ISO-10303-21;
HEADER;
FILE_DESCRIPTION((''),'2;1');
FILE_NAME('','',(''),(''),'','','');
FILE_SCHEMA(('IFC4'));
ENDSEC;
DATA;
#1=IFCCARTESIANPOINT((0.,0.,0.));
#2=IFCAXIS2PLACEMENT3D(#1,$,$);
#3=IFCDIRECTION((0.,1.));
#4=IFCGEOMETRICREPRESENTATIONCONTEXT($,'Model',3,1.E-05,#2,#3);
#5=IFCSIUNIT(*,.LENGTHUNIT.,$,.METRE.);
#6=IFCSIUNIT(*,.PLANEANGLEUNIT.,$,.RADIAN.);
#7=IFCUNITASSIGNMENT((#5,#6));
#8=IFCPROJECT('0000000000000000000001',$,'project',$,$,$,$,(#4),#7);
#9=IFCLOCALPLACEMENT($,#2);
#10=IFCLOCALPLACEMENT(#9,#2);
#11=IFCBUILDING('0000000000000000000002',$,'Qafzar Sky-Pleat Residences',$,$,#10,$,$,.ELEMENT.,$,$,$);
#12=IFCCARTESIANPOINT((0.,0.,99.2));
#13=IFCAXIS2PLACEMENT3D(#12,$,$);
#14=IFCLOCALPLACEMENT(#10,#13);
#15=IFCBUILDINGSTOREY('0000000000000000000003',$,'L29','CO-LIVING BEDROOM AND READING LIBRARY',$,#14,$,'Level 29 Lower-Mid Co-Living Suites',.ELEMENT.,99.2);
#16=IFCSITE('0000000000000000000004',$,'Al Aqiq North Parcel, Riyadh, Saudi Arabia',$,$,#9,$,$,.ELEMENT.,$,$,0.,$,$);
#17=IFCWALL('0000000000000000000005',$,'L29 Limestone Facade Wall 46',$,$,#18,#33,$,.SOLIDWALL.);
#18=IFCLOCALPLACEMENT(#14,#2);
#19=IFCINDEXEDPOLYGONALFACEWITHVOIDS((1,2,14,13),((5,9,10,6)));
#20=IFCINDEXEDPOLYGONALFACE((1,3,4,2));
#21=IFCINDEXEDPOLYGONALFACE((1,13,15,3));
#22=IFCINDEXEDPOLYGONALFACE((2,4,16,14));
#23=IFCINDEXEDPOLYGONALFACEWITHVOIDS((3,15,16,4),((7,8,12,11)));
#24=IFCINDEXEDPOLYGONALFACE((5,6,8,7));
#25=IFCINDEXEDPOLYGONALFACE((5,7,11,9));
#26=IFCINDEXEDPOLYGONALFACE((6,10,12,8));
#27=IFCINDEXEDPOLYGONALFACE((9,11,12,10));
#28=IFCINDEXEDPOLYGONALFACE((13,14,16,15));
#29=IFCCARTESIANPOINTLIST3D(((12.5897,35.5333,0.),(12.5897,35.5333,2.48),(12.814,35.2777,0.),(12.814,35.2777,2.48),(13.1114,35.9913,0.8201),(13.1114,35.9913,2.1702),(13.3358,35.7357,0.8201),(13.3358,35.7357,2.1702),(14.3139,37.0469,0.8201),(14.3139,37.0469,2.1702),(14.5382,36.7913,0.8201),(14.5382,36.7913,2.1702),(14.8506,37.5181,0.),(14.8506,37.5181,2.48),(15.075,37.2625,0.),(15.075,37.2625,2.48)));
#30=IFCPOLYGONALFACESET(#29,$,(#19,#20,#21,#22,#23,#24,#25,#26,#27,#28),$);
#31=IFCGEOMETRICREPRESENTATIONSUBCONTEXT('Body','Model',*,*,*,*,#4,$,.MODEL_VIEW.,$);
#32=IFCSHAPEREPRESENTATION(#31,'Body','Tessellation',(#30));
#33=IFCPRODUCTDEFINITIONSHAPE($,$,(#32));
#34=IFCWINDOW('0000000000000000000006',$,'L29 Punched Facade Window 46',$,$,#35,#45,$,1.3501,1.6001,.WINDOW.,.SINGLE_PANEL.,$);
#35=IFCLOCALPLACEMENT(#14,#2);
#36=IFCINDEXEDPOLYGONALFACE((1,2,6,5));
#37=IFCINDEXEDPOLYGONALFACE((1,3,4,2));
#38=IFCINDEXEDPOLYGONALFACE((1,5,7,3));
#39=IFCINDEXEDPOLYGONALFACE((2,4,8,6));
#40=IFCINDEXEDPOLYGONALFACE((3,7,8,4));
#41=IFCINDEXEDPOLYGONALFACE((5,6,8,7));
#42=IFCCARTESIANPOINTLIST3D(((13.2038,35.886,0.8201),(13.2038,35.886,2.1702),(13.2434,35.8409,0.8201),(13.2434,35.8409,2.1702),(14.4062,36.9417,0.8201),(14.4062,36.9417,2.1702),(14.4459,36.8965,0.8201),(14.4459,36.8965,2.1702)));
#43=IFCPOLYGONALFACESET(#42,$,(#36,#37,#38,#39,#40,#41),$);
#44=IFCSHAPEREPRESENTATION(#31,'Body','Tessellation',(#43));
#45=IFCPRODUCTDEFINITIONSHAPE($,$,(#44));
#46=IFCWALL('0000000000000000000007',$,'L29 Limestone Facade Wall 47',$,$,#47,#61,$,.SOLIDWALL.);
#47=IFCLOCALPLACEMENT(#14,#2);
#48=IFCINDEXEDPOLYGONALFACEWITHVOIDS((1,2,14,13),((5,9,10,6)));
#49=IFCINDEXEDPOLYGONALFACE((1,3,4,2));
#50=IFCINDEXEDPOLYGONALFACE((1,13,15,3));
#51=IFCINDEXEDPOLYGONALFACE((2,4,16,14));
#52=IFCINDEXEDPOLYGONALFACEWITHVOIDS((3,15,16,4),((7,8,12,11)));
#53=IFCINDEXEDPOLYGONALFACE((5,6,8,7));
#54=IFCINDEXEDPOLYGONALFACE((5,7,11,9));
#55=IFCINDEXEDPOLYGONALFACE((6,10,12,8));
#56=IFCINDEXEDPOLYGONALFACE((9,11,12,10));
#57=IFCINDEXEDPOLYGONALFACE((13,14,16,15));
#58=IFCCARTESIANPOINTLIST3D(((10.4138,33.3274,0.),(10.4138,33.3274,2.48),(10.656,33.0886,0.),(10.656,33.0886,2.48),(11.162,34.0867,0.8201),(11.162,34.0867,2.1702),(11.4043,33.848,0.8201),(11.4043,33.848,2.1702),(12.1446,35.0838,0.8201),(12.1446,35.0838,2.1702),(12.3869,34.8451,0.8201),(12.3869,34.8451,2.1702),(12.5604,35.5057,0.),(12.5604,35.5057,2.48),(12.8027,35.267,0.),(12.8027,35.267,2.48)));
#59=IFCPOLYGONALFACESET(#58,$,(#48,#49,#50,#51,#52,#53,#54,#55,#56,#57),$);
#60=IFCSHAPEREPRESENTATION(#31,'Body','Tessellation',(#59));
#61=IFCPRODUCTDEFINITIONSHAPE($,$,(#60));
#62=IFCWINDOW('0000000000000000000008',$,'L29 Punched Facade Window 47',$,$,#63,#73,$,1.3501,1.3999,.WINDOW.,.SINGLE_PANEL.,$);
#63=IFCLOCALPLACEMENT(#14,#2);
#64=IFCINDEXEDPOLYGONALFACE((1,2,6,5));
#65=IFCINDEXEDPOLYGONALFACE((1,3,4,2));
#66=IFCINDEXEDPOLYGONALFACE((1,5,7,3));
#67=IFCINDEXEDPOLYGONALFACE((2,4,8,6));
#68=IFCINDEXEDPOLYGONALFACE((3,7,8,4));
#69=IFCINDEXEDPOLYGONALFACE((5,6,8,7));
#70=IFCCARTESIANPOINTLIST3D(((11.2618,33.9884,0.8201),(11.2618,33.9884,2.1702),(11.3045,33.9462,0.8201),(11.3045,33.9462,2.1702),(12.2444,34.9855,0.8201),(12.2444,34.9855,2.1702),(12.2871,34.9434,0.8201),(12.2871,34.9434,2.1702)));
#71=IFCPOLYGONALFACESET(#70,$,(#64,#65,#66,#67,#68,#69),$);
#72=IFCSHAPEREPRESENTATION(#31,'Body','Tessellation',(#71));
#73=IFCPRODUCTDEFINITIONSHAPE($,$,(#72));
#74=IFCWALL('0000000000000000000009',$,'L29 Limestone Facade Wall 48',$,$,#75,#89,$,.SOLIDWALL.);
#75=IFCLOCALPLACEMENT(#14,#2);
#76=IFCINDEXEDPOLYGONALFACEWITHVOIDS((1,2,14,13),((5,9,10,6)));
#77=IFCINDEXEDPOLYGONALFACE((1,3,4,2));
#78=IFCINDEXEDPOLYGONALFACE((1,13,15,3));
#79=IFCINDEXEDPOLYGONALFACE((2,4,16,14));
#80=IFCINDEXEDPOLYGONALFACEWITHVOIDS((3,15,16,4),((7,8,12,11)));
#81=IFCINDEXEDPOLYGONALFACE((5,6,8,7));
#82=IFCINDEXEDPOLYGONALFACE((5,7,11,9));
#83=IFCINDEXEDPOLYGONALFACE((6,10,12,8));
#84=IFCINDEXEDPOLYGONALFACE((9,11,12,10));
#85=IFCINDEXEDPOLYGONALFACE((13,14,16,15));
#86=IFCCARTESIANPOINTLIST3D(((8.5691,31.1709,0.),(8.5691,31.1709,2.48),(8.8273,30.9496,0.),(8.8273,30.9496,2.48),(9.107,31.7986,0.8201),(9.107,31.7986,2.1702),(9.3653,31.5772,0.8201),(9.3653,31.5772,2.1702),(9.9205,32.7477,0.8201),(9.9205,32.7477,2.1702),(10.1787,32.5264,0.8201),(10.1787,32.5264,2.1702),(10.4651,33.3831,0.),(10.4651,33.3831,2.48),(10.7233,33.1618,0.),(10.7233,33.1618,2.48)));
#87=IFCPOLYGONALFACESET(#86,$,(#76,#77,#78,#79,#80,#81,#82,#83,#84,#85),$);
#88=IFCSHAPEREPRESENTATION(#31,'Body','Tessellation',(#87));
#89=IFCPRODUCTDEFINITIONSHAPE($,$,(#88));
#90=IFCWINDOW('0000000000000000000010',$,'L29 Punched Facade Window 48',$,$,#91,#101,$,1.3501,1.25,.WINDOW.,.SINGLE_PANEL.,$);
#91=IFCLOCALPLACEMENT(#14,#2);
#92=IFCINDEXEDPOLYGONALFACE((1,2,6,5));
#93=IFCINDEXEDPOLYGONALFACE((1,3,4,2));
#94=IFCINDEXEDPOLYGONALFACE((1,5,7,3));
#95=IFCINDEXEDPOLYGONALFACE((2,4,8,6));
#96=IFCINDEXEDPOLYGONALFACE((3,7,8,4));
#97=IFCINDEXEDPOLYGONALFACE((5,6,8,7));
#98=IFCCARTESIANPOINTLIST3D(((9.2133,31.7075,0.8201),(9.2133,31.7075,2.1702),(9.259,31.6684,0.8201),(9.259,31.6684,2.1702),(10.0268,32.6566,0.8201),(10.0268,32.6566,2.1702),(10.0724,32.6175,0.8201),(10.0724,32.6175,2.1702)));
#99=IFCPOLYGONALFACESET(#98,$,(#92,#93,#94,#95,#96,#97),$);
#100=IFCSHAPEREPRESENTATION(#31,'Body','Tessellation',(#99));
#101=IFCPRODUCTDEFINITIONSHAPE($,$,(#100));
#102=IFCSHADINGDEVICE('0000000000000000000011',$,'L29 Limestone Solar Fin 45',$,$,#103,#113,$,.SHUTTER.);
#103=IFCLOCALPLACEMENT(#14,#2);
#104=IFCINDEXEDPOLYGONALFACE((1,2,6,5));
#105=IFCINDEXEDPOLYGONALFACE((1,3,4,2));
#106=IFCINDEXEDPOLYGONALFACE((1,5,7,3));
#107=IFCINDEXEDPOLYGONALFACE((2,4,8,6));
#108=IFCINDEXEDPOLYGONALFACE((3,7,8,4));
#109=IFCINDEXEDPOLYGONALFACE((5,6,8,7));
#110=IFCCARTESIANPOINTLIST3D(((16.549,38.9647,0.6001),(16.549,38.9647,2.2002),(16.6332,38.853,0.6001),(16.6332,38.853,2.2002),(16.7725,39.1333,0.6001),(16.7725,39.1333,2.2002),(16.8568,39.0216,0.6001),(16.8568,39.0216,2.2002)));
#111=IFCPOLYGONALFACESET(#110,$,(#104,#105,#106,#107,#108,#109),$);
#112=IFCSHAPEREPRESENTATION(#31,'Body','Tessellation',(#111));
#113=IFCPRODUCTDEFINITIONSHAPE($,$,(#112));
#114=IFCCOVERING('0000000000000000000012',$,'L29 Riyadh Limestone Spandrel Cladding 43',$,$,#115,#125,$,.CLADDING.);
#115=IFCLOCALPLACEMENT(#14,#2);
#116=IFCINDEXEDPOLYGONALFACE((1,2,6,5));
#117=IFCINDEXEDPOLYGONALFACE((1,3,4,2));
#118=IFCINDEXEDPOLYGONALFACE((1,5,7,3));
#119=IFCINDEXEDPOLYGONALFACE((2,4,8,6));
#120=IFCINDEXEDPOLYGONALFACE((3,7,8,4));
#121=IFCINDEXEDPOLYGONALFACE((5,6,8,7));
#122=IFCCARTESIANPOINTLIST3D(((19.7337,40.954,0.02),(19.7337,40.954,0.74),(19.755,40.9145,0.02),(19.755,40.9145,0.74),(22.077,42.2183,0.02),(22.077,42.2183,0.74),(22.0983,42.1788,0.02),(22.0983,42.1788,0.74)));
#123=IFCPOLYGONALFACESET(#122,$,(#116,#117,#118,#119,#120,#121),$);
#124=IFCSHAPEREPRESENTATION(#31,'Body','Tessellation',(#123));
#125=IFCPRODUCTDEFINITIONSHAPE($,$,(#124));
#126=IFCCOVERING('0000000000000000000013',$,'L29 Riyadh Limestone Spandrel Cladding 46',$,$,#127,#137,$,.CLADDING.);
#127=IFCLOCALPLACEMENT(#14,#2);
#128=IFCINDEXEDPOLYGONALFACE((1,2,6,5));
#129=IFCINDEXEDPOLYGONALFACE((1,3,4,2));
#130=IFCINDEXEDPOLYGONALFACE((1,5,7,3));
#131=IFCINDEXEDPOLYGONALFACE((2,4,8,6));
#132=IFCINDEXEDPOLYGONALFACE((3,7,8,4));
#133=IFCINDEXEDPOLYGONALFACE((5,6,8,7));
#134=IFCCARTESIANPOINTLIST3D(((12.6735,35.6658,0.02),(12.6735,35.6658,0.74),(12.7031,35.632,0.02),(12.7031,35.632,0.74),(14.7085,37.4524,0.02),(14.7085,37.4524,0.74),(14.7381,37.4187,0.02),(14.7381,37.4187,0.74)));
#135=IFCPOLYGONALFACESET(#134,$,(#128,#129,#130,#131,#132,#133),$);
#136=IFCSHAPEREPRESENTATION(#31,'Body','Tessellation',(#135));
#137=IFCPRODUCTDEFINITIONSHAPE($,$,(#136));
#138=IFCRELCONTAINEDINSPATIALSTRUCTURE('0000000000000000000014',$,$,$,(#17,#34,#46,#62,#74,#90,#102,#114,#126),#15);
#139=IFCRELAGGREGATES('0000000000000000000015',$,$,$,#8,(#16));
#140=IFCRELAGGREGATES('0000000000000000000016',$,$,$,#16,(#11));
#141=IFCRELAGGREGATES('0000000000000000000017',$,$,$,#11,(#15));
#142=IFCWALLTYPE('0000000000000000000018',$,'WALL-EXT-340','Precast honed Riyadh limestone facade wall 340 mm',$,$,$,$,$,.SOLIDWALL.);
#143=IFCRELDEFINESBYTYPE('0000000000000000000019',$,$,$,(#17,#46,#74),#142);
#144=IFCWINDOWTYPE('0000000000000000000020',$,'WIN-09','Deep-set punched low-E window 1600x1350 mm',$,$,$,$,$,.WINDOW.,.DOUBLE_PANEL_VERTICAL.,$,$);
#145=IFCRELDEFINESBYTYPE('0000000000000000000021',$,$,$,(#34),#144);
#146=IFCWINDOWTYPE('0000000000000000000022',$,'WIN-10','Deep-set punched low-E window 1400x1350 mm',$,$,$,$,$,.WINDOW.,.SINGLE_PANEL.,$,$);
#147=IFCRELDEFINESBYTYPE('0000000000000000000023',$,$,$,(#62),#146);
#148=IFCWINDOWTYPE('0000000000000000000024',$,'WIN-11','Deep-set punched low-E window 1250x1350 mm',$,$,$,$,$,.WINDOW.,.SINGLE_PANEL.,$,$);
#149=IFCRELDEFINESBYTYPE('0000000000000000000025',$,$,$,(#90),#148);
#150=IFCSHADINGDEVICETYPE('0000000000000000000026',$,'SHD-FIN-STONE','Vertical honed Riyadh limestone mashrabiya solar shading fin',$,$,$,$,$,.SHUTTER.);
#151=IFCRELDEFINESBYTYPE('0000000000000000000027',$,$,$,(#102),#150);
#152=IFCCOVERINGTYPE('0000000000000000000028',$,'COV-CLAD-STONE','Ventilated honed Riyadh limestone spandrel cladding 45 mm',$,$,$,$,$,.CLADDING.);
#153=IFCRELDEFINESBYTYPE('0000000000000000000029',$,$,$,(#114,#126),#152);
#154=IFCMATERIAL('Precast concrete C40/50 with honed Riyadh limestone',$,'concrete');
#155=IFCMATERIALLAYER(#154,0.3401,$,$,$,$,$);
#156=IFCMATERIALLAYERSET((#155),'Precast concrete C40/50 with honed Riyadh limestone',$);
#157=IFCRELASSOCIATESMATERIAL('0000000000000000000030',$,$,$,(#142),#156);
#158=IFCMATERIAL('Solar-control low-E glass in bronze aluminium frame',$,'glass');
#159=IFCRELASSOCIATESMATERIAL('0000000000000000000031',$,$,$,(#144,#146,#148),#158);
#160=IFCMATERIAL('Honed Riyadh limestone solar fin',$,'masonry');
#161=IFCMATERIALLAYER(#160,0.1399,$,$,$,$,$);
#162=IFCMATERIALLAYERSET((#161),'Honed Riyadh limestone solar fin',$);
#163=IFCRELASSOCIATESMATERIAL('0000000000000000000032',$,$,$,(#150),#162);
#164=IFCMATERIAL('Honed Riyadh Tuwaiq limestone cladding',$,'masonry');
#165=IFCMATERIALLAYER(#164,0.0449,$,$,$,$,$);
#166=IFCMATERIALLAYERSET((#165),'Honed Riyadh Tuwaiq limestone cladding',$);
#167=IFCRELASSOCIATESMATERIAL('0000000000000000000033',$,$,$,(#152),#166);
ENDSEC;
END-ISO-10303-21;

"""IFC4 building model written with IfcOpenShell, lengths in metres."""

from ifc_helpers import new_model, si_unit, direction, frame, frame_2d, origin, origin_2d, place, context, subcontext, project, spatial, rectangle, extrude, source, transform, mapped, material, layer, layer_set, type_object, element, fill, save


model = new_model("IFC4")

# Units and contexts
model_context = context("Model", 3, precision=1e-05, world=origin(), true_north=direction((0.0, 1.0)))
body_context = subcontext(model_context, "Body", "Model", "MODEL_VIEW")
ifc_project = project(units=[si_unit("LENGTHUNIT", "METRE"), si_unit("PLANEANGLEUNIT", "RADIAN")], contexts=[model_context])

# Site, building, storey
site_placement = place(None, origin())
site = spatial("IfcSite", under=ifc_project, at=site_placement, Name="Al Aqiq North Parcel, Riyadh, Saudi Arabia", CompositionType="ELEMENT", RefElevation=0.0)
building_placement = place(site_placement, origin())
building = spatial("IfcBuilding", under=site, at=building_placement, Name="Qafzar Sky-Pleat Residences", CompositionType="ELEMENT")
storey_placement = place(building_placement, frame((0.0, 0.0, 99.2)))
storey = spatial("IfcBuildingStorey", under=building, at=storey_placement, Name="L29", Description="CO-LIVING BEDROOM AND READING LIBRARY", LongName="Level 29 Lower-Mid Co-Living Suites", CompositionType="ELEMENT", Elevation=99.2)

# Walls, openings, windows
ifc_material_1 = material(Name="Precast concrete C40/50 with honed Riyadh limestone", Category="concrete")
ifc_layer_1 = layer(ifc_material_1, 0.3401)
ifc_layer_set_1 = layer_set([ifc_layer_1], Name="Precast concrete C40/50 with honed Riyadh limestone")
wall_type_1 = type_object("IfcWallType", Name="WALL-EXT-340", Description="Precast honed Riyadh limestone facade wall 340 mm", PredefinedType="SOLIDWALL", material=ifc_layer_set_1)
ifc_material_2 = material(Name="Solar-control low-E glass in bronze aluminium frame", Category="glass")
wall_1_placement = place(storey_placement, frame((14.9629, 37.3904, 0.0), z_axis=(0.0, 0.0, 1.0), x_axis=(-0.751505, -0.659727, 0.0)))
wall_1 = element("IfcWall", 1, at=wall_1_placement, inside=storey, type_object=wall_type_1, Name="L29 Limestone Facade Wall 46", PredefinedType="SOLIDWALL", context=body_context, shape_type="SweptSolid", body=[
    extrude(rectangle(XDim=3.0085, YDim=0.3401, at=frame_2d((1.5044, 0.0))), origin(), (0.0, 0.0, 1.0), 2.48),
])
opening_1_placement = place(wall_1_placement, frame((0.7144, 0.0, 0.8201)))
opening_1 = element("IfcOpeningElement", 2, at=opening_1_placement, cuts=wall_1, PredefinedType="OPENING", context=body_context, shape_type="SweptSolid", body=[
    extrude(rectangle(XDim=1.6001, YDim=1.3501, at=frame_2d((0.8, 0.675))), frame((0.0, 0.1802, 0.0), z_axis=(0.0, -1.0, 0.0), x_axis=(1.0, 0.0, 0.0)), (0.0, 0.0, 1.0), 0.3601),
])
window_type_1 = type_object("IfcWindowType", Name="WIN-09", Description="Deep-set punched low-E window 1600x1350 mm", PartitioningType="DOUBLE_PANEL_VERTICAL", PredefinedType="WINDOW", material=ifc_material_2)
shared_shape_1 = source(origin(), body_context, "Body", "SweptSolid", [
    extrude(rectangle(XDim=1.6001, YDim=1.3501, at=frame_2d((0.8, 0.675))), frame((0.0, 0.03, 0.0), z_axis=(0.0, -1.0, 0.0), x_axis=(1.0, 0.0, 0.0)), (0.0, 0.0, 1.0), 0.0601),
])
window_1_placement = place(opening_1_placement, origin())
window_1 = element("IfcWindow", 3, at=window_1_placement, inside=storey, type_object=window_type_1, Name="L29 Punched Facade Window 46", OverallHeight=1.3501, OverallWidth=1.6001, PartitioningType="SINGLE_PANEL", PredefinedType="WINDOW", context=body_context, shape_type="MappedRepresentation", body=[
    mapped(shared_shape_1, transform((0.0, 0.0, 0.0), x_axis=(1.0, 0.0, 0.0), y_axis=(0.0, 1.0, 0.0), z_axis=(0.0, 0.0, 1.0), scale=1.0)),
])
fill(opening_1, window_1)
wall_2_placement = place(storey_placement, frame((12.6816, 35.3865, 0.0), z_axis=(0.0, 0.0, 1.0), x_axis=(-0.701899, -0.712276, 0.0)))
wall_2 = element("IfcWall", 4, at=wall_2_placement, inside=storey, type_object=wall_type_1, Name="L29 Limestone Facade Wall 47", PredefinedType="SOLIDWALL", context=body_context, shape_type="SweptSolid", body=[
    extrude(rectangle(XDim=3.0583, YDim=0.3401, at=frame_2d((1.5293, 0.0))), origin(), (0.0, 0.0, 1.0), 2.48),
])
opening_2_placement = place(wall_2_placement, frame((0.5925, 0.0, 0.8201)))
opening_2 = element("IfcOpeningElement", 5, at=opening_2_placement, cuts=wall_2, PredefinedType="OPENING", context=body_context, shape_type="SweptSolid", body=[
    extrude(rectangle(XDim=1.3999, YDim=1.3501, at=frame_2d((0.7, 0.675))), frame((0.0, 0.1802, 0.0), z_axis=(0.0, -1.0, 0.0), x_axis=(1.0, 0.0, 0.0)), (0.0, 0.0, 1.0), 0.3601),
])
window_type_2 = type_object("IfcWindowType", Name="WIN-10", Description="Deep-set punched low-E window 1400x1350 mm", PartitioningType="SINGLE_PANEL", PredefinedType="WINDOW", material=ifc_material_2)
shared_shape_2 = source(origin(), body_context, "Body", "SweptSolid", [
    extrude(rectangle(XDim=1.3999, YDim=1.3501, at=frame_2d((0.7, 0.675))), frame((0.0, 0.03, 0.0), z_axis=(0.0, -1.0, 0.0), x_axis=(1.0, 0.0, 0.0)), (0.0, 0.0, 1.0), 0.0601),
])
window_2_placement = place(opening_2_placement, origin())
window_2 = element("IfcWindow", 6, at=window_2_placement, inside=storey, type_object=window_type_2, Name="L29 Punched Facade Window 47", OverallHeight=1.3501, OverallWidth=1.3999, PartitioningType="SINGLE_PANEL", PredefinedType="WINDOW", context=body_context, shape_type="MappedRepresentation", body=[
    mapped(shared_shape_2, transform((0.0, 0.0, 0.0), x_axis=(1.0, 0.0, 0.0), y_axis=(0.0, 1.0, 0.0), z_axis=(0.0, 0.0, 1.0), scale=1.0)),
])
fill(opening_2, window_2)
wall_3_placement = place(storey_placement, frame((10.5942, 33.2725, 0.0), z_axis=(0.0, 0.0, 1.0), x_axis=(-0.650764, -0.75928, 0.0)))
wall_3 = element("IfcWall", 7, at=wall_3_placement, inside=storey, type_object=wall_type_1, Name="L29 Limestone Facade Wall 48", PredefinedType="SOLIDWALL", context=body_context, shape_type="SweptSolid", body=[
    extrude(rectangle(XDim=2.9136, YDim=0.3401, at=frame_2d((1.4568, 0.0))), origin(), (0.0, 0.0, 1.0), 2.48),
])
opening_3_placement = place(wall_3_placement, frame((0.8369, 0.0, 0.8201)))
opening_3 = element("IfcOpeningElement", 8, at=opening_3_placement, cuts=wall_3, PredefinedType="OPENING", context=body_context, shape_type="SweptSolid", body=[
    extrude(rectangle(XDim=1.25, YDim=1.3501, at=frame_2d((0.625, 0.675))), frame((0.0, 0.1802, 0.0), z_axis=(0.0, -1.0, 0.0), x_axis=(1.0, 0.0, 0.0)), (0.0, 0.0, 1.0), 0.3601),
])
window_type_3 = type_object("IfcWindowType", Name="WIN-11", Description="Deep-set punched low-E window 1250x1350 mm", PartitioningType="SINGLE_PANEL", PredefinedType="WINDOW", material=ifc_material_2)
shared_shape_3 = source(origin(), body_context, "Body", "SweptSolid", [
    extrude(rectangle(XDim=1.25, YDim=1.3501, at=frame_2d((0.625, 0.675))), frame((0.0, 0.03, 0.0), z_axis=(0.0, -1.0, 0.0), x_axis=(1.0, 0.0, 0.0)), (0.0, 0.0, 1.0), 0.0601),
])
window_3_placement = place(opening_3_placement, origin())
window_3 = element("IfcWindow", 9, at=window_3_placement, inside=storey, type_object=window_type_3, Name="L29 Punched Facade Window 48", OverallHeight=1.3501, OverallWidth=1.25, PartitioningType="SINGLE_PANEL", PredefinedType="WINDOW", context=body_context, shape_type="MappedRepresentation", body=[
    mapped(shared_shape_3, transform((0.0, 0.0, 0.0), x_axis=(1.0, 0.0, 0.0), y_axis=(0.0, 1.0, 0.0), z_axis=(0.0, 0.0, 1.0), scale=1.0)),
])
fill(opening_3, window_3)

# Shading device
ifc_material_3 = material(Name="Honed Riyadh limestone solar fin", Category="masonry")
ifc_layer_2 = layer(ifc_material_3, 0.1399)
ifc_layer_set_2 = layer_set([ifc_layer_2], Name="Honed Riyadh limestone solar fin")
shading_device_type = type_object("IfcShadingDeviceType", Name="SHD-FIN-STONE", Description="Vertical honed Riyadh limestone mashrabiya solar shading fin", PredefinedType="SHUTTER", material=ifc_layer_set_2)
shared_shape_4 = source(origin(), body_context, "Body", "SweptSolid", [
    extrude(rectangle(XDim=0.1399, YDim=0.28, at=origin_2d()), origin(), (0.0, 0.0, 1.0), 1.6001),
])
shading_device_placement = place(storey_placement, frame((16.7029, 38.9932, 0.6001), z_axis=(0.0, 0.0, 1.0), x_axis=(-0.602162, 0.798374, 0.0)))
element("IfcShadingDevice", 10, at=shading_device_placement, inside=storey, type_object=shading_device_type, Name="L29 Limestone Solar Fin 45", PredefinedType="SHUTTER", context=body_context, shape_type="MappedRepresentation", body=[
    mapped(shared_shape_4, transform((0.0, 0.0, 0.0), x_axis=(1.0, 0.0, 0.0), y_axis=(0.0, 1.0, 0.0), z_axis=(0.0, 0.0, 1.0), scale=1.0)),
])

# Coverings
ifc_material_4 = material(Name="Honed Riyadh Tuwaiq limestone cladding", Category="masonry")
ifc_layer_3 = layer(ifc_material_4, 0.0449)
ifc_layer_set_3 = layer_set([ifc_layer_3], Name="Honed Riyadh Tuwaiq limestone cladding")
covering_type = type_object("IfcCoveringType", Name="COV-CLAD-STONE", Description="Ventilated honed Riyadh limestone spandrel cladding 45 mm", PredefinedType="CLADDING", material=ifc_layer_set_3)
shared_shape_5 = source(origin(), body_context, "Body", "SweptSolid", [
    extrude(rectangle(XDim=2.6626, YDim=0.0449, at=origin_2d()), origin(), (0.0, 0.0, 1.0), 0.72),
])
covering_1_placement = place(storey_placement, frame((20.916, 41.5664, 0.02), z_axis=(0.0, 0.0, 1.0), x_axis=(-0.880075, -0.474835, 0.0)))
element("IfcCovering", 11, at=covering_1_placement, inside=storey, type_object=covering_type, Name="L29 Riyadh Limestone Spandrel Cladding 43", PredefinedType="CLADDING", context=body_context, shape_type="MappedRepresentation", body=[
    mapped(shared_shape_5, transform((0.0, 0.0, 0.0), x_axis=(1.0, 0.0, 0.0), y_axis=(0.0, 1.0, 0.0), z_axis=(0.0, 0.0, 1.0), scale=1.0)),
])
shared_shape_6 = source(origin(), body_context, "Body", "SweptSolid", [
    extrude(rectangle(XDim=2.708, YDim=0.0449, at=origin_2d()), origin(), (0.0, 0.0, 1.0), 0.72),
])
covering_2_placement = place(storey_placement, frame((13.7058, 36.5422, 0.02), z_axis=(0.0, 0.0, 1.0), x_axis=(-0.751482, -0.659753, 0.0)))
element("IfcCovering", 12, at=covering_2_placement, inside=storey, type_object=covering_type, Name="L29 Riyadh Limestone Spandrel Cladding 46", PredefinedType="CLADDING", context=body_context, shape_type="MappedRepresentation", body=[
    mapped(shared_shape_6, transform((0.0, 0.0, 0.0), x_axis=(1.0, 0.0, 0.0), y_axis=(0.0, 1.0, 0.0), z_axis=(0.0, 0.0, 1.0), scale=1.0)),
])

save(model, "model.ifc")
